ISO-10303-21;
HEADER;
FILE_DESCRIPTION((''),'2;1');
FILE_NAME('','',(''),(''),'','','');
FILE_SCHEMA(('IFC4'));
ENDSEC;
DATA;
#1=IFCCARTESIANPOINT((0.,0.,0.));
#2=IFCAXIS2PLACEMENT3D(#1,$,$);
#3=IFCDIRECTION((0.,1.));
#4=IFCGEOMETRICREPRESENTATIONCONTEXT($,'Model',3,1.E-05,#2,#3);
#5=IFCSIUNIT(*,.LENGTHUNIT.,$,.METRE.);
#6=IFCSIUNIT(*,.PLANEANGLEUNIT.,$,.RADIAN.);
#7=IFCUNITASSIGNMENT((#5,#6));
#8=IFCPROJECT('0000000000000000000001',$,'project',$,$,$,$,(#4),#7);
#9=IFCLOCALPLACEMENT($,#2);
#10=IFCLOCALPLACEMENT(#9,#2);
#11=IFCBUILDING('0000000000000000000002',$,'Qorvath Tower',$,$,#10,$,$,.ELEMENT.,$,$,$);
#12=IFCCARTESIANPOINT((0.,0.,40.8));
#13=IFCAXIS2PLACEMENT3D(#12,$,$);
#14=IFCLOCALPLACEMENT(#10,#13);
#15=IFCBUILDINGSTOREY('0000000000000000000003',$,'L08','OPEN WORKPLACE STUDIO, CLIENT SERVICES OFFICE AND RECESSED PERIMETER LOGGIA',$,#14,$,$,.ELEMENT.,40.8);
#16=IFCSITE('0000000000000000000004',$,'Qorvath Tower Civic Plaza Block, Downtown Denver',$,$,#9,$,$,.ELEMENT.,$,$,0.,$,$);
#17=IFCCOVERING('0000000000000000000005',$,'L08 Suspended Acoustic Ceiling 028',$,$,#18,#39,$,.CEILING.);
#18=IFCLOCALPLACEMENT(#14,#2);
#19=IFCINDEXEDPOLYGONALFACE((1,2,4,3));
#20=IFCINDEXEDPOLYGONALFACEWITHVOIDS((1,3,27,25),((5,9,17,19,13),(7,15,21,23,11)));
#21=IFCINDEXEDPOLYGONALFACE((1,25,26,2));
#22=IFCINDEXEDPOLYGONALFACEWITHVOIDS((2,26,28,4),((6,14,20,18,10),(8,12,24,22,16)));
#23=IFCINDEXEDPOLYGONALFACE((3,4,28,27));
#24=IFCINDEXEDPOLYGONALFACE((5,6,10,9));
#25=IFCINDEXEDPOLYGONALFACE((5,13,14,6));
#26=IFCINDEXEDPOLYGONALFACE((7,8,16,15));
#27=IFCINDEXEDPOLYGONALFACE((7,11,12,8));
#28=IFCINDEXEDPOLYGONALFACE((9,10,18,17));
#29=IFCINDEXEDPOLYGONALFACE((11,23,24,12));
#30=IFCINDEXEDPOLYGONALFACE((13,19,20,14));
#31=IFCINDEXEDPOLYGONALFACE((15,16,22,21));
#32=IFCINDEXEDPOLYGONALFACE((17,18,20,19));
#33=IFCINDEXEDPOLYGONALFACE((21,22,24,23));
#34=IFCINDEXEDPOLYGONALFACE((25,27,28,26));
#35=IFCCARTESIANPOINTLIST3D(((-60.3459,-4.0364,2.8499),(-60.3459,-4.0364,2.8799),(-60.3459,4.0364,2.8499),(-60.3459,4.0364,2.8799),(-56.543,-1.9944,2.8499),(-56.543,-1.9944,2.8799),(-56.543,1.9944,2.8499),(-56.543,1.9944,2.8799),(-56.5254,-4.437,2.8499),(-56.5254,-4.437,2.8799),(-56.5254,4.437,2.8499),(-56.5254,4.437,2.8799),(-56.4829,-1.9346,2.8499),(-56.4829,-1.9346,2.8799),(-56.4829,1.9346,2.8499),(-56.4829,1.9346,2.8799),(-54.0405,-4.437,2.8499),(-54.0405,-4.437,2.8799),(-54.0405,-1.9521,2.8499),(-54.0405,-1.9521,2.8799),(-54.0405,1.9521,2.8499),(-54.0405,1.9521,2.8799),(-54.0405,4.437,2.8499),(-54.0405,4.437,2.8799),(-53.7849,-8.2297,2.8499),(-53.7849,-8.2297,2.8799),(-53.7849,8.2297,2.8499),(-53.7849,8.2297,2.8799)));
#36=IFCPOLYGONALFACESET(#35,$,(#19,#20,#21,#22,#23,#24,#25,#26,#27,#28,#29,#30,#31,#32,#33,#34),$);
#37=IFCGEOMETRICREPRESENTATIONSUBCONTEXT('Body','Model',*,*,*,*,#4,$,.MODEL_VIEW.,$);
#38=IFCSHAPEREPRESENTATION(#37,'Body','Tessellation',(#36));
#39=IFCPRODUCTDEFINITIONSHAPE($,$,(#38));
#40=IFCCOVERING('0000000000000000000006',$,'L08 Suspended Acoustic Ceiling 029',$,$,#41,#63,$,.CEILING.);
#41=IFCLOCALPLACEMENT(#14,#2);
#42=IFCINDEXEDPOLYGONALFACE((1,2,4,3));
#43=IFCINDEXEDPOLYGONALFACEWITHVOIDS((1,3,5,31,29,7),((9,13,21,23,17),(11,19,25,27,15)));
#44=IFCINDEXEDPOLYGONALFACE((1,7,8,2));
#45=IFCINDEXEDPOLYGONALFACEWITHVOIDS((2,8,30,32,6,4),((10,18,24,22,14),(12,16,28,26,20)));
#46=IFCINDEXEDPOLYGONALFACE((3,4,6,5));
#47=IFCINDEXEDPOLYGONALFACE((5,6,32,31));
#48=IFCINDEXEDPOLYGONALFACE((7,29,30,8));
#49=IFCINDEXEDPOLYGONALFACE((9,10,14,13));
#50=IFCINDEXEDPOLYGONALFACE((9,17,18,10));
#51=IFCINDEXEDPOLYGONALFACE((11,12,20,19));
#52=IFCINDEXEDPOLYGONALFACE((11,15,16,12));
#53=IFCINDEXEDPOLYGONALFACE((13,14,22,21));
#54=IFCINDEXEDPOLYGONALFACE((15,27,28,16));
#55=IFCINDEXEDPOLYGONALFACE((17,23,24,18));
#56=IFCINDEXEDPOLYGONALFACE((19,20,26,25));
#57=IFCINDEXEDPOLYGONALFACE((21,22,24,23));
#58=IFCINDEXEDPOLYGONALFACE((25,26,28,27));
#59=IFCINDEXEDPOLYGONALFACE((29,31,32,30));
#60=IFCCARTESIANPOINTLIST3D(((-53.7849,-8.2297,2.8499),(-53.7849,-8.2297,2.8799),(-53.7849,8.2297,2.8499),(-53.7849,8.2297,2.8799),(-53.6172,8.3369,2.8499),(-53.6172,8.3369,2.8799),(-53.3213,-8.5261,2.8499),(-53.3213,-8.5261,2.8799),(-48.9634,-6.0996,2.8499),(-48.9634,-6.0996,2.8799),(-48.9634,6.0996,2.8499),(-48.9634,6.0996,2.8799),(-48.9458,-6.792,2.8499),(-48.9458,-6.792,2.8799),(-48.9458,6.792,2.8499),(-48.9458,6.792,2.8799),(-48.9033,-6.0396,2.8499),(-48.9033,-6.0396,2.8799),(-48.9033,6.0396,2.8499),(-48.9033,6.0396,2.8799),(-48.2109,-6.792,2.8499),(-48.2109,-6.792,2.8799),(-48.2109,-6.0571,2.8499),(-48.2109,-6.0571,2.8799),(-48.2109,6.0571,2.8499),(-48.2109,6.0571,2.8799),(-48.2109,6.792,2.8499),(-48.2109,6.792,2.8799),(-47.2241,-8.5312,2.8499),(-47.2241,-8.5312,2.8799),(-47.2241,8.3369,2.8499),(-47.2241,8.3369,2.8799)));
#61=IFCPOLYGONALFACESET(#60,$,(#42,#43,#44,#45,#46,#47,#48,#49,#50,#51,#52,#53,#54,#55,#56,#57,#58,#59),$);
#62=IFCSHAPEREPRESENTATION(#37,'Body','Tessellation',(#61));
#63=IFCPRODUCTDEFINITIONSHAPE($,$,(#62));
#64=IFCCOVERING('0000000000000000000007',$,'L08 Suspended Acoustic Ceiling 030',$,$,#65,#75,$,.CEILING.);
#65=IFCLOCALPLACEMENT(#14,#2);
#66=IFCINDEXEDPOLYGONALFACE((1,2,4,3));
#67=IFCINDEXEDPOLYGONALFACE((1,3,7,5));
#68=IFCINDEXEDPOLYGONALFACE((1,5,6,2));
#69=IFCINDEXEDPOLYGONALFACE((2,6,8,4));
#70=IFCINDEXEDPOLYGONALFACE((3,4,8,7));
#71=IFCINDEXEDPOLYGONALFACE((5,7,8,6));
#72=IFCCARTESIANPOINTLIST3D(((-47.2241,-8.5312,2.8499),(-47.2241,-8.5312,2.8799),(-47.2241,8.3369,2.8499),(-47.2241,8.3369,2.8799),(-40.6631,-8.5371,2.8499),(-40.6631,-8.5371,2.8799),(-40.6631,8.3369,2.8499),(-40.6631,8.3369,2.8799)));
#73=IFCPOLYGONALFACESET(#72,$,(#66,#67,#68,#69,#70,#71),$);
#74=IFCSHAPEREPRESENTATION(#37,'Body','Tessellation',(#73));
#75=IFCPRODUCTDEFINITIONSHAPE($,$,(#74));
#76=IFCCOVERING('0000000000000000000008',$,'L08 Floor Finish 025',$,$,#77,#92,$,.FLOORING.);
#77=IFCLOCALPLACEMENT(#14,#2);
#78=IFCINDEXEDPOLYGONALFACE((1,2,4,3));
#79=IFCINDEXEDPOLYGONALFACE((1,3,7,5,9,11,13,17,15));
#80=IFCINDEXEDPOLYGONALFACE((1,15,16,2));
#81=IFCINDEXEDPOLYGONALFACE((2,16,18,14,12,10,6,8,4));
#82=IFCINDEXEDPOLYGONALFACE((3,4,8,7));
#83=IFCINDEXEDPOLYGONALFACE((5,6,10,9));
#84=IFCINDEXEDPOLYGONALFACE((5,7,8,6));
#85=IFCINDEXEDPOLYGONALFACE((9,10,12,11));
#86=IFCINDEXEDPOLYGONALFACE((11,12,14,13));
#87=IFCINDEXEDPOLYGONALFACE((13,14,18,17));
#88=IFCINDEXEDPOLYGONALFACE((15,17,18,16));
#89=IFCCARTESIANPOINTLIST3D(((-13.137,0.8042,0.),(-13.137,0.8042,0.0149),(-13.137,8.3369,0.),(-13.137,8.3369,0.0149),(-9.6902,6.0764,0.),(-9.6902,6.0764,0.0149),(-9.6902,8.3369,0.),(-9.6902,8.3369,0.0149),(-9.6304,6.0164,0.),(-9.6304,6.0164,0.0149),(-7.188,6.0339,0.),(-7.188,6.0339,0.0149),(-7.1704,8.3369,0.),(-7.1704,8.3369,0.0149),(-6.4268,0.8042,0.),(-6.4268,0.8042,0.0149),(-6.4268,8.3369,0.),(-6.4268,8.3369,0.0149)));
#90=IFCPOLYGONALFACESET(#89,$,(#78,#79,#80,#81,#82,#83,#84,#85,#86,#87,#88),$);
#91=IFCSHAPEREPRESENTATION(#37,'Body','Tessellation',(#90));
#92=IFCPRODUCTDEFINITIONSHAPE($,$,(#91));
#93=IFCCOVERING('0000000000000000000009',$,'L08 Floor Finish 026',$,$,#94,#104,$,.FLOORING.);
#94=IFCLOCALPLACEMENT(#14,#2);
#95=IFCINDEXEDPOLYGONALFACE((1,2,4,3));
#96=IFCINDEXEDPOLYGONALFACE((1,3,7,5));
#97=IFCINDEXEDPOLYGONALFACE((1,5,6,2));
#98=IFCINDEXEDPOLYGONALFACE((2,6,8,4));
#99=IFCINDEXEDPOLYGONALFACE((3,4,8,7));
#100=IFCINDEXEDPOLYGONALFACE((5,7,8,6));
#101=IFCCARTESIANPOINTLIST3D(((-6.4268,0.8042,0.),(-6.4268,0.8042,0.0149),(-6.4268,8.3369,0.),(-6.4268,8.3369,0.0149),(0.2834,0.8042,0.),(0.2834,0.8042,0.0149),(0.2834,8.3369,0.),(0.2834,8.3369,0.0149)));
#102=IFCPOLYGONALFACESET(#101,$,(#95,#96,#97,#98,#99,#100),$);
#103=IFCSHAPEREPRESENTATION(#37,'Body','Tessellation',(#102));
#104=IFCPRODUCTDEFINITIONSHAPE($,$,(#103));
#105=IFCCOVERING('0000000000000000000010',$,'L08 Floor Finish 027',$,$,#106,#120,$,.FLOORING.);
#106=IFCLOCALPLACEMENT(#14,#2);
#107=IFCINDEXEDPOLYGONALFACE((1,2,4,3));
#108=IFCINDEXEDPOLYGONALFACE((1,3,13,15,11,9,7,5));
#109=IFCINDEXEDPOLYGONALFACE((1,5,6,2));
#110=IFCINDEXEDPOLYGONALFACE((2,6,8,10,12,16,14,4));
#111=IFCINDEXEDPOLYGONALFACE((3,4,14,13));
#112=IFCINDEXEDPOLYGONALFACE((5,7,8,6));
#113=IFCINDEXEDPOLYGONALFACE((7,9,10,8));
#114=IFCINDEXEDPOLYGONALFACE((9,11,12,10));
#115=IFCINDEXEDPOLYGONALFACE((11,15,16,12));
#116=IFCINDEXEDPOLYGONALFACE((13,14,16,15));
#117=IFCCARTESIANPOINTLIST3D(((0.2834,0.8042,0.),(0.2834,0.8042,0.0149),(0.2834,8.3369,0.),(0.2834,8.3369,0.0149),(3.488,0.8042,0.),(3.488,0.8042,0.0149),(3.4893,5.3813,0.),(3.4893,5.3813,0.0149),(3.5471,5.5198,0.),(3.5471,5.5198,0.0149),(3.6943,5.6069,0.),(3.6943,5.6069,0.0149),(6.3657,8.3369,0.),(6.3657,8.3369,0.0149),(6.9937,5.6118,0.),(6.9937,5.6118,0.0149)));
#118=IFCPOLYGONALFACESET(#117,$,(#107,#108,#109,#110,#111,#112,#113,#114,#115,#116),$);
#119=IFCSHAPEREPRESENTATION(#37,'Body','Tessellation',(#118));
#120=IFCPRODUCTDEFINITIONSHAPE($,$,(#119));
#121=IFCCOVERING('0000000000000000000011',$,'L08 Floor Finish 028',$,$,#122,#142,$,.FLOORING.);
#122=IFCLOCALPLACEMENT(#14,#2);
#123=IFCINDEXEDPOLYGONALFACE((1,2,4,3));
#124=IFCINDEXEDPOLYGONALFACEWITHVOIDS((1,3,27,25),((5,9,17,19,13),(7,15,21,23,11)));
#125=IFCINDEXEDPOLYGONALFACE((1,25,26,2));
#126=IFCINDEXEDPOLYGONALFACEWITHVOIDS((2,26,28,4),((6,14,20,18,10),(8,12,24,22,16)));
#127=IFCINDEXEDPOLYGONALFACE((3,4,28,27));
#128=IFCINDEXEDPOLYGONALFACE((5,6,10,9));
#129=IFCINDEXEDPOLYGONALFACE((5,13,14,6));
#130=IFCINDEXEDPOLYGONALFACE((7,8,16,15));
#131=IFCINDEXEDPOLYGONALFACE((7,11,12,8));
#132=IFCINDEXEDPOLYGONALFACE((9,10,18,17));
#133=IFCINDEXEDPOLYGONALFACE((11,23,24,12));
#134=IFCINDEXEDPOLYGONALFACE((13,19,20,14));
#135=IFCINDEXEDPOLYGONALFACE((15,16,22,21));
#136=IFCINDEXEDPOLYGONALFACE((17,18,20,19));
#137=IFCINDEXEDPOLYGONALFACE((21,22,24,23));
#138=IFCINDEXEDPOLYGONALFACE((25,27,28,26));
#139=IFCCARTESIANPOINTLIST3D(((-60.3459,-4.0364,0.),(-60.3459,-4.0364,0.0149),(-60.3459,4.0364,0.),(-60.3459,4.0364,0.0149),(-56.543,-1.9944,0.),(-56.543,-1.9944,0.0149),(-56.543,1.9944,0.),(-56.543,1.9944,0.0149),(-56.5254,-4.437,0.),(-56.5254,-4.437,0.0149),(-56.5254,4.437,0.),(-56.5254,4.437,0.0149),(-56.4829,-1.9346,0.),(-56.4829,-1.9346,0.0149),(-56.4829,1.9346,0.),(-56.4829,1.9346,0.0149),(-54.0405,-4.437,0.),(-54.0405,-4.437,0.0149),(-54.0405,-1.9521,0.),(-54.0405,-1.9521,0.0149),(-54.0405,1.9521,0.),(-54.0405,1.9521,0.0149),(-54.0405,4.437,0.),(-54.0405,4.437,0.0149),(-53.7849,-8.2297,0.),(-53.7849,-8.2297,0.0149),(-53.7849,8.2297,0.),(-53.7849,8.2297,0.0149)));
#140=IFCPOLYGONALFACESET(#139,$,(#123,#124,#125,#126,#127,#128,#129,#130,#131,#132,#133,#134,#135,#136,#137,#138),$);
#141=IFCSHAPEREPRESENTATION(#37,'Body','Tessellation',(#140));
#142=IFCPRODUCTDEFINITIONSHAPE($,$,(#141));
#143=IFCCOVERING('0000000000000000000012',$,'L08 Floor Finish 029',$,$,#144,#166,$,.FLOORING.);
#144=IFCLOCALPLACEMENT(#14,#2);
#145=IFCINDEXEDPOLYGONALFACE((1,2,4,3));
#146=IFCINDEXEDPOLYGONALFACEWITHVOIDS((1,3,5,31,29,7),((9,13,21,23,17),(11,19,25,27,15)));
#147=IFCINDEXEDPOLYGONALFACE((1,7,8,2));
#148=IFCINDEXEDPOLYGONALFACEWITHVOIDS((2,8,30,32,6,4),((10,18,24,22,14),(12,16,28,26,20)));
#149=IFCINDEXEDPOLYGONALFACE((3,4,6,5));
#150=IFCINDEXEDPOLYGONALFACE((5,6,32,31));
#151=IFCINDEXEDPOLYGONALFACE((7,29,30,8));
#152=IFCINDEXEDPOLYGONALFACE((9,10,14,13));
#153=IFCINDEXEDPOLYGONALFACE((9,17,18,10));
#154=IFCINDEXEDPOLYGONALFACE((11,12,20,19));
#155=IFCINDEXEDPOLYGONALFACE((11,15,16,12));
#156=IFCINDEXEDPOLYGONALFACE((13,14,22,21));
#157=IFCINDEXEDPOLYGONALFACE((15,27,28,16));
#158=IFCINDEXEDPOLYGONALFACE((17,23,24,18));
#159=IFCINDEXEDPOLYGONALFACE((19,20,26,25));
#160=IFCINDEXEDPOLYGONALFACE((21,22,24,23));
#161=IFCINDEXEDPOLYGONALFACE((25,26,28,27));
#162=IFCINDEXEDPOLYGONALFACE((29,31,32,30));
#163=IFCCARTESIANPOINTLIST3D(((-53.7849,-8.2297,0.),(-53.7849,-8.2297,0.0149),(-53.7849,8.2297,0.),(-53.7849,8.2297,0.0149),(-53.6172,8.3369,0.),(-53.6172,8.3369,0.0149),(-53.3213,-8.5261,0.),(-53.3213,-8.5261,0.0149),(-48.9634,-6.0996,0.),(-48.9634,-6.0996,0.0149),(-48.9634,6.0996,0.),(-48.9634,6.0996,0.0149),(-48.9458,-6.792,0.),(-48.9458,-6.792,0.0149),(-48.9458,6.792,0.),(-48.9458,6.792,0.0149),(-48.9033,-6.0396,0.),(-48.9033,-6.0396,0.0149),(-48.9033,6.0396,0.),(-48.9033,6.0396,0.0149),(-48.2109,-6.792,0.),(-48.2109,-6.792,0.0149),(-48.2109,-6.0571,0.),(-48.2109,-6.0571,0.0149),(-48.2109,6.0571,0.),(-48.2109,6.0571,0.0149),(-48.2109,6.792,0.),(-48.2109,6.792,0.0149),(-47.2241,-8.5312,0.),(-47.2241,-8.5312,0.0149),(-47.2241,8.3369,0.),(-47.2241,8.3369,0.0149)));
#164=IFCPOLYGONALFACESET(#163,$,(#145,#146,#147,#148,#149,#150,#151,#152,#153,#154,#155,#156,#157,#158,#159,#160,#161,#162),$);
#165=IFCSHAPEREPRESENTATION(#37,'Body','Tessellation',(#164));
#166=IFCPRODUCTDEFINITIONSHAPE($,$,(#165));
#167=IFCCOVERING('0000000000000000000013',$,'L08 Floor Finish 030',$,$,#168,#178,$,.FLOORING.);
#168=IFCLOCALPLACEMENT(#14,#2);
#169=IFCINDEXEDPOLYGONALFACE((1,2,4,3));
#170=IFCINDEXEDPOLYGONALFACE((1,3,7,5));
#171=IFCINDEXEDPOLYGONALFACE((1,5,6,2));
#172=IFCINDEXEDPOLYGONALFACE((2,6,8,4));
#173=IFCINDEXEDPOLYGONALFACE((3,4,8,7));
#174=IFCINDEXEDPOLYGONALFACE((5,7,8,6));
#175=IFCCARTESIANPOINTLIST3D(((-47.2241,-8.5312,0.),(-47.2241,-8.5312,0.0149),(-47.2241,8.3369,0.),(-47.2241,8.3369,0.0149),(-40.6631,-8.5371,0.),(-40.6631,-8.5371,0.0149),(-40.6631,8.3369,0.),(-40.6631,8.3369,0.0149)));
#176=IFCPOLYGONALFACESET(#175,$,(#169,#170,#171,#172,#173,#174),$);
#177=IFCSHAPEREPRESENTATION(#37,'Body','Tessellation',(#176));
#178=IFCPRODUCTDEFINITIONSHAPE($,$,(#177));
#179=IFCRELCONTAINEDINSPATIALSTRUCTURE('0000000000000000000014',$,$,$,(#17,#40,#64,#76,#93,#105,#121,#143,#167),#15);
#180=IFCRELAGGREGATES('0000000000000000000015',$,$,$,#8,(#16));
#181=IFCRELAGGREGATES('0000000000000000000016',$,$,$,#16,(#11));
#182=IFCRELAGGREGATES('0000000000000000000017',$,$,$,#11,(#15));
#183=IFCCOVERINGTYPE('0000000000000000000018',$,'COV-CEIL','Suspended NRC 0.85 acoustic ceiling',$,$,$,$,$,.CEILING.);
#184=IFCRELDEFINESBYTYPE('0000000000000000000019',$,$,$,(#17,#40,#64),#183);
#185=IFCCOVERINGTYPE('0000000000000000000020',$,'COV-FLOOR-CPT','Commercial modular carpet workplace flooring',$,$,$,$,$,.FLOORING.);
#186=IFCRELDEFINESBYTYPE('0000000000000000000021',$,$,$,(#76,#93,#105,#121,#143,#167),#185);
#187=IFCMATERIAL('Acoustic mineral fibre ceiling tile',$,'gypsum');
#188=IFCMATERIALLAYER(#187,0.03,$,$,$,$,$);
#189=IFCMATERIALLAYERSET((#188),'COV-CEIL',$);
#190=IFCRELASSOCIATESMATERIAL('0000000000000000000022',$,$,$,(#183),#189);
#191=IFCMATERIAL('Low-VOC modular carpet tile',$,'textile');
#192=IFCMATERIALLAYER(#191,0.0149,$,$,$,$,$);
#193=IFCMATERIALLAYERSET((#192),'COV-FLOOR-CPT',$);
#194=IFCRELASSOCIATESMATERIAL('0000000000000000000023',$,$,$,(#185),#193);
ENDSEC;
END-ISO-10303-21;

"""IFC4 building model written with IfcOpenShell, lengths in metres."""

from ifc_helpers import new_model, si_unit, direction, frame, origin, place, context, subcontext, project, spatial, polyline, outline, extrude, material, layer, layer_set, type_object, element, save


model = new_model("IFC4")

# Units and contexts
model_context = context("Model", 3, precision=1e-05, world=origin(), true_north=direction((0.0, 1.0)))
body_context = subcontext(model_context, "Body", "Model", "MODEL_VIEW")
ifc_project = project(units=[si_unit("LENGTHUNIT", "METRE"), si_unit("PLANEANGLEUNIT", "RADIAN")], contexts=[model_context])

# Site, building, storey
site_placement = place(None, origin())
site = spatial("IfcSite", under=ifc_project, at=site_placement, Name="Qorvath Tower Civic Plaza Block, Downtown Denver", CompositionType="ELEMENT", RefElevation=0.0)
building_placement = place(site_placement, origin())
building = spatial("IfcBuilding", under=site, at=building_placement, Name="Qorvath Tower", CompositionType="ELEMENT")
storey_placement = place(building_placement, frame((0.0, 0.0, 40.8)))
storey = spatial("IfcBuildingStorey", under=building, at=storey_placement, Name="L08", Description="OPEN WORKPLACE STUDIO, CLIENT SERVICES OFFICE AND RECESSED PERIMETER LOGGIA", CompositionType="ELEMENT", Elevation=40.8)

# Coverings
ifc_material_1 = material(Name="Acoustic mineral fibre ceiling tile", Category="gypsum")
ifc_layer_1 = layer(ifc_material_1, 0.03)
ifc_layer_set_1 = layer_set([ifc_layer_1], Name="COV-CEIL")
covering_type_1 = type_object("IfcCoveringType", Name="COV-CEIL", Description="Suspended NRC 0.85 acoustic ceiling", PredefinedType="CEILING", material=ifc_layer_set_1)
covering_1_placement = place(storey_placement, frame((0.0, 0.0, 2.8499)))
element("IfcCovering", 1, at=covering_1_placement, inside=storey, type_object=covering_type_1, Name="L08 Suspended Acoustic Ceiling 028", PredefinedType="CEILING", context=body_context, shape_type="SweptSolid", body=[
    extrude(outline(polyline([(-53.7849, -8.2297), (-53.7849, 8.2297), (-60.3459, 4.0364), (-60.3459, -4.0364), (-53.7849, -8.2297)]), holes=[polyline([(-56.543, -1.9944), (-56.4829, -1.9346), (-54.0405, -1.9521), (-54.0405, -4.437), (-56.5254, -4.437), (-56.543, -1.9944)]), polyline([(-56.543, 1.9944), (-56.5254, 4.437), (-54.0405, 4.437), (-54.0405, 1.9521), (-56.4829, 1.9346), (-56.543, 1.9944)])]), origin(), (0.0, 0.0, 1.0), 0.03),
])
covering_2_placement = place(storey_placement, frame((0.0, 0.0, 2.8499)))
element("IfcCovering", 2, at=covering_2_placement, inside=storey, type_object=covering_type_1, Name="L08 Suspended Acoustic Ceiling 029", PredefinedType="CEILING", context=body_context, shape_type="SweptSolid", body=[
    extrude(outline(polyline([(-47.2241, -8.5312), (-47.2241, 8.3369), (-53.6172, 8.3369), (-53.7849, 8.2297), (-53.7849, -8.2297), (-53.3213, -8.5261), (-47.2241, -8.5312)]), holes=[polyline([(-48.9634, -6.0996), (-48.9033, -6.0396), (-48.2109, -6.0571), (-48.2109, -6.792), (-48.9458, -6.792), (-48.9634, -6.0996)]), polyline([(-48.9634, 6.0996), (-48.9458, 6.792), (-48.2109, 6.792), (-48.2109, 6.0571), (-48.9033, 6.0396), (-48.9634, 6.0996)])]), origin(), (0.0, 0.0, 1.0), 0.03),
])
covering_3_placement = place(storey_placement, frame((0.0, 0.0, 2.8499)))
element("IfcCovering", 3, at=covering_3_placement, inside=storey, type_object=covering_type_1, Name="L08 Suspended Acoustic Ceiling 030", PredefinedType="CEILING", context=body_context, shape_type="SweptSolid", body=[
    extrude(outline(polyline([(-40.6631, 8.3369), (-47.2241, 8.3369), (-47.2241, -8.5312), (-40.6631, -8.5371), (-40.6631, 8.3369)])), origin(), (0.0, 0.0, 1.0), 0.03),
])
ifc_material_2 = material(Name="Low-VOC modular carpet tile", Category="textile")
ifc_layer_2 = layer(ifc_material_2, 0.0149)
ifc_layer_set_2 = layer_set([ifc_layer_2], Name="COV-FLOOR-CPT")
covering_type_2 = type_object("IfcCoveringType", Name="COV-FLOOR-CPT", Description="Commercial modular carpet workplace flooring", PredefinedType="FLOORING", material=ifc_layer_set_2)
covering_4_placement = place(storey_placement, origin())
element("IfcCovering", 4, at=covering_4_placement, inside=storey, type_object=covering_type_2, Name="L08 Floor Finish 025", PredefinedType="FLOORING", context=body_context, shape_type="SweptSolid", body=[
    extrude(outline(polyline([(-6.4268, 0.8042), (-6.4268, 8.3369), (-7.1704, 8.3369), (-7.188, 6.0339), (-9.6304, 6.0164), (-9.6902, 6.0764), (-9.6902, 8.3369), (-13.137, 8.3369), (-13.137, 0.8042), (-6.4268, 0.8042)])), origin(), (0.0, 0.0, 1.0), 0.0149),
])
covering_5_placement = place(storey_placement, origin())
element("IfcCovering", 5, at=covering_5_placement, inside=storey, type_object=covering_type_2, Name="L08 Floor Finish 026", PredefinedType="FLOORING", context=body_context, shape_type="SweptSolid", body=[
    extrude(outline(polyline([(0.2834, 0.8042), (0.2834, 8.3369), (-6.4268, 8.3369), (-6.4268, 0.8042), (0.2834, 0.8042)])), origin(), (0.0, 0.0, 1.0), 0.0149),
])
covering_6_placement = place(storey_placement, origin())
element("IfcCovering", 6, at=covering_6_placement, inside=storey, type_object=covering_type_2, Name="L08 Floor Finish 027", PredefinedType="FLOORING", context=body_context, shape_type="SweptSolid", body=[
    extrude(outline(polyline([(3.5471, 5.5198), (3.6943, 5.6069), (6.9937, 5.6118), (6.3657, 8.3369), (0.2834, 8.3369), (0.2834, 0.8042), (3.488, 0.8042), (3.4893, 5.3813), (3.5471, 5.5198)])), origin(), (0.0, 0.0, 1.0), 0.0149),
])
covering_7_placement = place(storey_placement, origin())
element("IfcCovering", 7, at=covering_7_placement, inside=storey, type_object=covering_type_2, Name="L08 Floor Finish 028", PredefinedType="FLOORING", context=body_context, shape_type="SweptSolid", body=[
    extrude(outline(polyline([(-53.7849, -8.2297), (-53.7849, 8.2297), (-60.3459, 4.0364), (-60.3459, -4.0364), (-53.7849, -8.2297)]), holes=[polyline([(-56.543, -1.9944), (-56.4829, -1.9346), (-54.0405, -1.9521), (-54.0405, -4.437), (-56.5254, -4.437), (-56.543, -1.9944)]), polyline([(-56.543, 1.9944), (-56.5254, 4.437), (-54.0405, 4.437), (-54.0405, 1.9521), (-56.4829, 1.9346), (-56.543, 1.9944)])]), origin(), (0.0, 0.0, 1.0), 0.0149),
])
covering_8_placement = place(storey_placement, origin())
element("IfcCovering", 8, at=covering_8_placement, inside=storey, type_object=covering_type_2, Name="L08 Floor Finish 029", PredefinedType="FLOORING", context=body_context, shape_type="SweptSolid", body=[
    extrude(outline(polyline([(-47.2241, -8.5312), (-47.2241, 8.3369), (-53.6172, 8.3369), (-53.7849, 8.2297), (-53.7849, -8.2297), (-53.3213, -8.5261), (-47.2241, -8.5312)]), holes=[polyline([(-48.9634, -6.0996), (-48.9033, -6.0396), (-48.2109, -6.0571), (-48.2109, -6.792), (-48.9458, -6.792), (-48.9634, -6.0996)]), polyline([(-48.9634, 6.0996), (-48.9458, 6.792), (-48.2109, 6.792), (-48.2109, 6.0571), (-48.9033, 6.0396), (-48.9634, 6.0996)])]), origin(), (0.0, 0.0, 1.0), 0.0149),
])
covering_9_placement = place(storey_placement, origin())
element("IfcCovering", 9, at=covering_9_placement, inside=storey, type_object=covering_type_2, Name="L08 Floor Finish 030", PredefinedType="FLOORING", context=body_context, shape_type="SweptSolid", body=[
    extrude(outline(polyline([(-40.6631, 8.3369), (-47.2241, 8.3369), (-47.2241, -8.5312), (-40.6631, -8.5371), (-40.6631, 8.3369)])), origin(), (0.0, 0.0, 1.0), 0.0149),
])

save(model, "model.ifc")
